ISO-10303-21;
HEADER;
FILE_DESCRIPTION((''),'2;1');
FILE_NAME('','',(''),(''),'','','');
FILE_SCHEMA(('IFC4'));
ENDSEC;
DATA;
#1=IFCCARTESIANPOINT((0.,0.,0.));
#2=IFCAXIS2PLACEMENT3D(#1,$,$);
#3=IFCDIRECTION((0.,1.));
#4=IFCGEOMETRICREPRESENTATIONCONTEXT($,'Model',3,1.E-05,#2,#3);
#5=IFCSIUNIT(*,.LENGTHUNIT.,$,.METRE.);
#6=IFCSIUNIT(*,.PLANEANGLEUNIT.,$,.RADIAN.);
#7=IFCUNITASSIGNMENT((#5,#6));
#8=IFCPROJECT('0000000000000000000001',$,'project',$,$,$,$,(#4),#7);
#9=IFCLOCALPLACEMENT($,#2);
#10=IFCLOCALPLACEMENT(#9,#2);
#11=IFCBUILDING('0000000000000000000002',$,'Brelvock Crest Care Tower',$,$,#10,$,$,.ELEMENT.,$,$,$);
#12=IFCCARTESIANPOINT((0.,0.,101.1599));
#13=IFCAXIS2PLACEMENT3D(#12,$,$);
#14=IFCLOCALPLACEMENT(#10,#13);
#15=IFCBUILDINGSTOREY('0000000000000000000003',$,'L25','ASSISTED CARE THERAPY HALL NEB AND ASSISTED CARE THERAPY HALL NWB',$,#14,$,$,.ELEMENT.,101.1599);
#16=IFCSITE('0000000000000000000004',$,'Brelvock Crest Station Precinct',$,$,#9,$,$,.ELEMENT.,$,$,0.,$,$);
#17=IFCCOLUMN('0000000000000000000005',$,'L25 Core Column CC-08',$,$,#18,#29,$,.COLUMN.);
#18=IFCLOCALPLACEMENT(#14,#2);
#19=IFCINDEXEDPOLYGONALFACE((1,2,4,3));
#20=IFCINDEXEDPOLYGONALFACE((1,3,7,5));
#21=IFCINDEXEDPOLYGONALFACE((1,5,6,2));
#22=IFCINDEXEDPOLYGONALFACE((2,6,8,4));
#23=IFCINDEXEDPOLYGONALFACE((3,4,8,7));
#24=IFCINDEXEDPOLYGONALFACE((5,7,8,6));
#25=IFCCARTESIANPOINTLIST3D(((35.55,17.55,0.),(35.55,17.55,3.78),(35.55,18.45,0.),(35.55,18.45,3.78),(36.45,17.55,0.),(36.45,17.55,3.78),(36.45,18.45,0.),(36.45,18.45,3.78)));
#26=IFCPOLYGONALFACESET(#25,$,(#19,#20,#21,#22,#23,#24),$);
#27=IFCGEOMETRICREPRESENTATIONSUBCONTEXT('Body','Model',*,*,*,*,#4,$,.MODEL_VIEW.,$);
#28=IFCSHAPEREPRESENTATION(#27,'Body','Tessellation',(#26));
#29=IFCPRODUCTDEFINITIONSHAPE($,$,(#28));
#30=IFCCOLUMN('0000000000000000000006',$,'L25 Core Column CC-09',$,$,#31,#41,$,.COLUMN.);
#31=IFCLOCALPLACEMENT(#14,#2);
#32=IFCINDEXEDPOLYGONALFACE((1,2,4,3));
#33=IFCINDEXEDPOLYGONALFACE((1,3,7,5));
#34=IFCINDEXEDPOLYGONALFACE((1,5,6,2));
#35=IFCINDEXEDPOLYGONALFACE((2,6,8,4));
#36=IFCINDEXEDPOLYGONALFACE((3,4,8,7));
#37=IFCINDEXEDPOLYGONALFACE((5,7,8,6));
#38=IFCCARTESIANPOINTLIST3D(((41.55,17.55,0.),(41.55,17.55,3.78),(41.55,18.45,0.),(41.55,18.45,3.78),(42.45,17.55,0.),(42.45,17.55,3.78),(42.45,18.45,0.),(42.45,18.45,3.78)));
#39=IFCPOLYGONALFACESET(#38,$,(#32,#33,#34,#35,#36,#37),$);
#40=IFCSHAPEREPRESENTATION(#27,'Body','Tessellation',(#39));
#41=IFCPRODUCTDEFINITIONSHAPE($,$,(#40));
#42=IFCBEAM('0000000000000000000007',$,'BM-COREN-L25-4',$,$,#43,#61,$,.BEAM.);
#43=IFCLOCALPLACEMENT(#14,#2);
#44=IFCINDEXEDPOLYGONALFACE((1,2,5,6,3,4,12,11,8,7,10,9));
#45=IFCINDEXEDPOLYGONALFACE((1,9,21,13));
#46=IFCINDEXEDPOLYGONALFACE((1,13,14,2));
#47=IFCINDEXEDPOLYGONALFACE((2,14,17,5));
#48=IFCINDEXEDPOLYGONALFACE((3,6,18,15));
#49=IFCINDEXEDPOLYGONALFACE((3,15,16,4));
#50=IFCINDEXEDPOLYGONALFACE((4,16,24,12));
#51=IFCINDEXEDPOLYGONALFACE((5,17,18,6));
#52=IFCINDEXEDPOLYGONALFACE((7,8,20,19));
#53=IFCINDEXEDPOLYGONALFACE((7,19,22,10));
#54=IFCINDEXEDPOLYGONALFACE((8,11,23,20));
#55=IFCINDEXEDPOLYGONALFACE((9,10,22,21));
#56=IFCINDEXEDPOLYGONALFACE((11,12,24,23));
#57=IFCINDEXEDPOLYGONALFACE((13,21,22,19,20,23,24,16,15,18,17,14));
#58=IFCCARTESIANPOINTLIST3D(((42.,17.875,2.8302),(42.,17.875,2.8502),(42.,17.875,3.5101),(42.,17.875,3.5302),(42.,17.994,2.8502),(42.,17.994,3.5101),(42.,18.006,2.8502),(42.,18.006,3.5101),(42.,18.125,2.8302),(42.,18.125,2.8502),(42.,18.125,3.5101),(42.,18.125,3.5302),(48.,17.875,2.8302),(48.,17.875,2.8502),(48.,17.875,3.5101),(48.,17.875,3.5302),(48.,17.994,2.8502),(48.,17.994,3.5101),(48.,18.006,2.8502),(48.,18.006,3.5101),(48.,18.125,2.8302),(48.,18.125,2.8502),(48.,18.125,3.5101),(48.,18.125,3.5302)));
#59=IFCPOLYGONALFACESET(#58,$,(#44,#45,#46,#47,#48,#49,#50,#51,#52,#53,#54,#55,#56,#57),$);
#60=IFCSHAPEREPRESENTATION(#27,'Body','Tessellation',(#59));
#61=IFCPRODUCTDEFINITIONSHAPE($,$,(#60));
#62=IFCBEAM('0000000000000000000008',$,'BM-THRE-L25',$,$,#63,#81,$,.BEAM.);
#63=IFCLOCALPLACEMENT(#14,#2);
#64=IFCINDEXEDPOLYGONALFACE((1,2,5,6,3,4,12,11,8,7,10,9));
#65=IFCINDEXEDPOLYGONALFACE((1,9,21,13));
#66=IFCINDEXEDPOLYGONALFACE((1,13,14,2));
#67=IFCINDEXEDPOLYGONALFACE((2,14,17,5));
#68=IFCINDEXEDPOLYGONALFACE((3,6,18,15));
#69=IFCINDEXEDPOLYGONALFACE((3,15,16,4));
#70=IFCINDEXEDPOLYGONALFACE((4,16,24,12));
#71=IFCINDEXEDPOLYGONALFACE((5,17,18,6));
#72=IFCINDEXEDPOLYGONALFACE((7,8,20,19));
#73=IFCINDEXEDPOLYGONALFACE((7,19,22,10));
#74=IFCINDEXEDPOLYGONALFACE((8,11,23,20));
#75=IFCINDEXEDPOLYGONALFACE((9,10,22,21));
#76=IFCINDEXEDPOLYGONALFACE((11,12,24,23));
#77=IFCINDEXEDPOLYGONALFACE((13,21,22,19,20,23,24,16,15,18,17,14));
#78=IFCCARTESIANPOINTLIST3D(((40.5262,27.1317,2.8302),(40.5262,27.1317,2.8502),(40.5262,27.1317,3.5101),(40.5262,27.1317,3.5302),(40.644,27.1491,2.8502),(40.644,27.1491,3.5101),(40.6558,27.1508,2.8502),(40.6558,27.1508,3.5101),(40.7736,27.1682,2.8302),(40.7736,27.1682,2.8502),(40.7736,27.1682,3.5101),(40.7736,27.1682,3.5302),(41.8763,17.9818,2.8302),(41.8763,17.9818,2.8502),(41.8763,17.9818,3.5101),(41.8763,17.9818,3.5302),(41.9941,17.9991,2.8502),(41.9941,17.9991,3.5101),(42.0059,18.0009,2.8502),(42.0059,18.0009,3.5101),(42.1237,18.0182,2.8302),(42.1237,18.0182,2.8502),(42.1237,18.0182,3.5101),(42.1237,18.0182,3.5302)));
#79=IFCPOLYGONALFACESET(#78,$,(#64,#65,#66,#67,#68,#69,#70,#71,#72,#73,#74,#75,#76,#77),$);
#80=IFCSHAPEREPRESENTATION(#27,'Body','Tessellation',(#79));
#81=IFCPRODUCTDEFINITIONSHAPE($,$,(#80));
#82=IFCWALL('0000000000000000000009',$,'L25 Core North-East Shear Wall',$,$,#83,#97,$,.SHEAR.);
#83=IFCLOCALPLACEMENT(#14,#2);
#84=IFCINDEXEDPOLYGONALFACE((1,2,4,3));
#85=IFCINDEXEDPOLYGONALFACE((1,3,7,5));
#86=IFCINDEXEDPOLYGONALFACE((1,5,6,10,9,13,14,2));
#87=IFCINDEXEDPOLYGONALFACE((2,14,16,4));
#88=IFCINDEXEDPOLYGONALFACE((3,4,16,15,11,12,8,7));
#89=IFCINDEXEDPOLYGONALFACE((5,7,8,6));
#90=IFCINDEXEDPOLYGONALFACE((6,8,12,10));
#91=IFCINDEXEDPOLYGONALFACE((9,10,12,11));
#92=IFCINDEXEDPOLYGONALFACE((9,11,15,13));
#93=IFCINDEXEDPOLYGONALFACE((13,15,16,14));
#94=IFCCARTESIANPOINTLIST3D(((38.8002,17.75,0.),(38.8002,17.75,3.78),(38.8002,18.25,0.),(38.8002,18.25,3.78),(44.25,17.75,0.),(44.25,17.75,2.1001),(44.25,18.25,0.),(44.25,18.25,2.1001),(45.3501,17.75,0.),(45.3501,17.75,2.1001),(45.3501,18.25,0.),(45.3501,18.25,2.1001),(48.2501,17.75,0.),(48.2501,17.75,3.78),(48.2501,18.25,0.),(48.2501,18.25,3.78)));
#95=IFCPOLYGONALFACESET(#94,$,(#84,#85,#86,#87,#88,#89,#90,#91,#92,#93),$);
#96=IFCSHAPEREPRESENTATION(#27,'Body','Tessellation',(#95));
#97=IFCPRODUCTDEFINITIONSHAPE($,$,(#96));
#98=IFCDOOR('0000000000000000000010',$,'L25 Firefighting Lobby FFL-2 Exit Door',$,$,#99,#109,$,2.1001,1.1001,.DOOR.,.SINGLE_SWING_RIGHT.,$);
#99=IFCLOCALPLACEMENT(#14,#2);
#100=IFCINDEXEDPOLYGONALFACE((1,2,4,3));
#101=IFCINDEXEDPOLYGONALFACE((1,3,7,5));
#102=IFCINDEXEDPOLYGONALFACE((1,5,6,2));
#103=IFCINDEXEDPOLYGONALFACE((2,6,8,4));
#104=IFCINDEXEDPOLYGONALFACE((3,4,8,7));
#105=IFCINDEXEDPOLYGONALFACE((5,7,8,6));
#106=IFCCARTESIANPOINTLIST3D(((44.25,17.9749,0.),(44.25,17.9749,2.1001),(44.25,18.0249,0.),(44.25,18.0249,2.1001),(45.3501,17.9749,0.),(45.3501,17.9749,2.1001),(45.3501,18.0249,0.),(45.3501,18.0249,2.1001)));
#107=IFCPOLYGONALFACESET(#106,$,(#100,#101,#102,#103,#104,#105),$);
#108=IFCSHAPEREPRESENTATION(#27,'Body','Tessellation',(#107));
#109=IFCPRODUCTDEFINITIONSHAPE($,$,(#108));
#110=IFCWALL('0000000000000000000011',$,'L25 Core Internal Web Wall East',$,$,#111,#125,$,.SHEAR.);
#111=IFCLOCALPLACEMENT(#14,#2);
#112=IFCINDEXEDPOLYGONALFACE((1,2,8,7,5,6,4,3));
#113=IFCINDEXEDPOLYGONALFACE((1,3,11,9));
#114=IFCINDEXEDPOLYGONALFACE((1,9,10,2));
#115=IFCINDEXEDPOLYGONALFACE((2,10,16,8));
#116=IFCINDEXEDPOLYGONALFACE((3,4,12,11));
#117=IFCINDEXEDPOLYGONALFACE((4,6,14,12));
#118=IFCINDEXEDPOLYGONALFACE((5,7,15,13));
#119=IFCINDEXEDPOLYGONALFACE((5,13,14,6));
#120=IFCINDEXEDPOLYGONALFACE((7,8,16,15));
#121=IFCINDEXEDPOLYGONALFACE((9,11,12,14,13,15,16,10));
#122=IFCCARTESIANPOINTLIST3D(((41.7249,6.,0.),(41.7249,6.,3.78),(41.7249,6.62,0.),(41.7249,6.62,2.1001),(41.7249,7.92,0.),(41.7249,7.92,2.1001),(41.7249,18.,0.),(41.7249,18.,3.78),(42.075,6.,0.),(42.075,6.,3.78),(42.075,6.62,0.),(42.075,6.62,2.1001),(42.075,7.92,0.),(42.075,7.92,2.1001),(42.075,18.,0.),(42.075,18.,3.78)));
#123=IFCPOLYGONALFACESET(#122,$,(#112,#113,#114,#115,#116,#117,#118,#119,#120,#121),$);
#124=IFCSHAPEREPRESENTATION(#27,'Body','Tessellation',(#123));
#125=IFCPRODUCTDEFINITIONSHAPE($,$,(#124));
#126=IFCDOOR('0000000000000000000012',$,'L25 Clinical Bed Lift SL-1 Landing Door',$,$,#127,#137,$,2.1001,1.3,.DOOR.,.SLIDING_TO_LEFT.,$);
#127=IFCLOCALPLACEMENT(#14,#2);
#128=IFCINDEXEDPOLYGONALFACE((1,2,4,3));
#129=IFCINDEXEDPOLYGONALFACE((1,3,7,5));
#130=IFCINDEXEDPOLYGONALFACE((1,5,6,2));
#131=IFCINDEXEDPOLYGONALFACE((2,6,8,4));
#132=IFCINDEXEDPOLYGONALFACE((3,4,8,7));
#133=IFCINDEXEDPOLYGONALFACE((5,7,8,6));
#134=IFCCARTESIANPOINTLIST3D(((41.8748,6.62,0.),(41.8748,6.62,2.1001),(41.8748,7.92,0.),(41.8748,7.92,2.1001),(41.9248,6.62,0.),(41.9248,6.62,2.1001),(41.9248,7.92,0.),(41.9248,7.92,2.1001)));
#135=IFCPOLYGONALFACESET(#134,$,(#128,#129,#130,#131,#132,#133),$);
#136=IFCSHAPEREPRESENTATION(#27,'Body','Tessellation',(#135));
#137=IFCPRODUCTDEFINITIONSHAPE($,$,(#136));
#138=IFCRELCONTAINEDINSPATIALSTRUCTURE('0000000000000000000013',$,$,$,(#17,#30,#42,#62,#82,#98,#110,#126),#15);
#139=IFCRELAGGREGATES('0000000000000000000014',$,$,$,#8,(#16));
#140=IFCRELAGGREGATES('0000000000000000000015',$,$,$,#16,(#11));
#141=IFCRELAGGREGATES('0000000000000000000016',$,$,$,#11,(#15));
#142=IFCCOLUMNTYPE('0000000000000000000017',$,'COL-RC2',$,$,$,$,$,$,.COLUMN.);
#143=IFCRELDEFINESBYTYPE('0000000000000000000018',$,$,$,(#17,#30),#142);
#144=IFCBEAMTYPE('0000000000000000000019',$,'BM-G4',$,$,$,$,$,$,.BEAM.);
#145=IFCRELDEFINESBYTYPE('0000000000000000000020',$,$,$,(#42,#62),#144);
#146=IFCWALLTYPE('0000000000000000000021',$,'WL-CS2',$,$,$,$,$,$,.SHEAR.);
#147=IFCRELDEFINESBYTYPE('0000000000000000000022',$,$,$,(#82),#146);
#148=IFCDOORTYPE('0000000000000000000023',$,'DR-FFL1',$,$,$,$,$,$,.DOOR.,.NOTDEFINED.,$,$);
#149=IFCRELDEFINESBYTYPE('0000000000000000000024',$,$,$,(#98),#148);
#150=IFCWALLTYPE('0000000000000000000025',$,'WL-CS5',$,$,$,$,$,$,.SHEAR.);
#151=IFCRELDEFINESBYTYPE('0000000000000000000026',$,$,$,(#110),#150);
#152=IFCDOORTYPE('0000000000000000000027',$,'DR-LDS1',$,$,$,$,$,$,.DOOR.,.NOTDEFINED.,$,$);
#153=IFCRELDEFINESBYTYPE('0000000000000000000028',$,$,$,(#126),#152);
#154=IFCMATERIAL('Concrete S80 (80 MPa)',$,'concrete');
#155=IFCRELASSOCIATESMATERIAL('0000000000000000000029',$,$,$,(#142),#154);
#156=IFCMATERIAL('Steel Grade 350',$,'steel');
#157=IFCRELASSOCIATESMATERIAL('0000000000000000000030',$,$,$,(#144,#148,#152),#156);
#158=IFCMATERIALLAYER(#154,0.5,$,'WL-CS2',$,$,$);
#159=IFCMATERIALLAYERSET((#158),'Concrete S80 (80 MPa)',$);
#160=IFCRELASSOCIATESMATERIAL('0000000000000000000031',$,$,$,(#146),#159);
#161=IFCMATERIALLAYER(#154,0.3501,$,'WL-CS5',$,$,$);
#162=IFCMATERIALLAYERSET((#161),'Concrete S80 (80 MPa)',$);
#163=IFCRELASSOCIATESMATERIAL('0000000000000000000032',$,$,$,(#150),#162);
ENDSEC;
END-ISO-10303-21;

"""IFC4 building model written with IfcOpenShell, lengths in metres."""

from ifc_helpers import new_model, si_unit, direction, frame, frame_2d, origin, origin_2d, place, context, subcontext, project, spatial, rectangle, i_section, extrude, source, transform, mapped, material, layer, layer_set, material_profile, profile_set, type_object, element, fill, save


model = new_model("IFC4")

# Units and contexts
model_context = context("Model", 3, precision=1e-05, world=origin(), true_north=direction((0.0, 1.0)))
body_context = subcontext(model_context, "Body", "Model", "MODEL_VIEW")
ifc_project = project(units=[si_unit("LENGTHUNIT", "METRE"), si_unit("PLANEANGLEUNIT", "RADIAN")], contexts=[model_context])

# Site, building, storey
site_placement = place(None, origin())
site = spatial("IfcSite", under=ifc_project, at=site_placement, Name="Brelvock Crest Station Precinct", CompositionType="ELEMENT", RefElevation=0.0)
building_placement = place(site_placement, origin())
building = spatial("IfcBuilding", under=site, at=building_placement, Name="Brelvock Crest Care Tower", CompositionType="ELEMENT")
storey_placement = place(building_placement, frame((0.0, 0.0, 101.1599)))
storey = spatial("IfcBuildingStorey", under=building, at=storey_placement, Name="L25", Description="ASSISTED CARE THERAPY HALL NEB AND ASSISTED CARE THERAPY HALL NWB", CompositionType="ELEMENT", Elevation=101.1599)

# Columns
ifc_material_1 = material(Name="Concrete S80 (80 MPa)", Category="concrete")
ifc_material_profile_1 = material_profile(ifc_material_1, rectangle(XDim=0.8999, YDim=0.8999, at=origin_2d()), Name="RC900x900")
ifc_profile_set_1 = profile_set([ifc_material_profile_1], Name="Concrete S80 (80 MPa)")
column_type = type_object("IfcColumnType", Name="COL-RC2", PredefinedType="COLUMN", material=ifc_profile_set_1)
shared_shape_1 = source(origin(), body_context, "Body", "SweptSolid", [
    extrude(rectangle(XDim=0.8999, YDim=0.8999, at=origin_2d()), origin(), (0.0, 0.0, 1.0), 3.78),
])
for number, where, z_axis, x_axis, name in (
    (1, (36.0, 18.0, 0.0), (0.0, 0.0, 1.0), (1.0, 0.0, 0.0), "L25 Core Column CC-08"),
    (2, (42.0, 18.0, 0.0), (0.0, 0.0, 1.0), (1.0, 0.0, 0.0), "L25 Core Column CC-09"),
):
    element("IfcColumn", number, at=place(storey_placement, frame(where, z_axis=z_axis, x_axis=x_axis)), inside=storey, type_object=column_type, Name=name, PredefinedType="COLUMN", context=body_context, shape_type="MappedRepresentation", body=[
        mapped(shared_shape_1, transform((0.0, 0.0, 0.0), x_axis=(1.0, 0.0, 0.0), y_axis=(0.0, 1.0, 0.0), z_axis=(0.0, 0.0, 1.0), scale=1.0)),
    ])

# Beams
ifc_material_2 = material(Name="Steel Grade 350", Category="steel")
ifc_material_profile_2 = material_profile(ifc_material_2, i_section(OverallWidth=0.25, OverallDepth=0.7, WebThickness=0.012, FlangeThickness=0.02, at=origin_2d()), Name="700WB150")
ifc_profile_set_2 = profile_set([ifc_material_profile_2], Name="Steel Grade 350")
beam_type = type_object("IfcBeamType", Name="BM-G4", PredefinedType="BEAM", material=ifc_profile_set_2)
shared_shape_2 = source(origin(), body_context, "Body", "SweptSolid", [
    extrude(i_section(OverallWidth=0.25, OverallDepth=0.7, WebThickness=0.012, FlangeThickness=0.02, at=origin_2d()), origin(), (0.0, 0.0, 1.0), 6.0),
])
beam_1_placement = place(storey_placement, frame((42.0, 18.0, 3.1802), z_axis=(1.0, 0.0, 0.0), x_axis=(0.0, 1.0, 0.0)))
element("IfcBeam", 3, at=beam_1_placement, inside=storey, type_object=beam_type, Name="BM-COREN-L25-4", PredefinedType="BEAM", context=body_context, shape_type="MappedRepresentation", body=[
    mapped(shared_shape_2, transform((0.0, 0.0, 0.0), x_axis=(1.0, 0.0, 0.0), y_axis=(0.0, 1.0, 0.0), z_axis=(0.0, 0.0, 1.0), scale=1.0)),
])
shared_shape_3 = source(origin(), body_context, "Body", "SweptSolid", [
    extrude(i_section(OverallWidth=0.25, OverallDepth=0.7, WebThickness=0.012, FlangeThickness=0.02, at=origin_2d()), origin(), (0.0, 0.0, 1.0), 9.249),
])
beam_2_placement = place(storey_placement, frame((42.0, 18.0, 3.1802), z_axis=(-0.145973, 0.989289, 0.0), x_axis=(-0.989289, -0.145973, 0.0)))
element("IfcBeam", 4, at=beam_2_placement, inside=storey, type_object=beam_type, Name="BM-THRE-L25", PredefinedType="BEAM", context=body_context, shape_type="MappedRepresentation", body=[
    mapped(shared_shape_3, transform((0.0, 0.0, 0.0), x_axis=(1.0, 0.0, 0.0), y_axis=(0.0, 1.0, 0.0), z_axis=(0.0, 0.0, 1.0), scale=1.0)),
])

# Walls, openings, doors
ifc_layer_1 = layer(ifc_material_1, 0.5, Name="WL-CS2")
ifc_layer_set_1 = layer_set([ifc_layer_1], Name="Concrete S80 (80 MPa)")
wall_type_1 = type_object("IfcWallType", Name="WL-CS2", PredefinedType="SHEAR", material=ifc_layer_set_1)
wall_1_placement = place(storey_placement, frame((38.8, 18.0, 0.0), z_axis=(0.0, 0.0, 1.0), x_axis=(1.0, 0.0, 0.0)))
wall_1 = element("IfcWall", 5, at=wall_1_placement, inside=storey, type_object=wall_type_1, Name="L25 Core North-East Shear Wall", PredefinedType="SHEAR", context=body_context, shape_type="SweptSolid", body=[
    extrude(rectangle(XDim=9.45, YDim=0.5, at=frame_2d((4.7251, 0.0))), origin(), (0.0, 0.0, 1.0), 3.78),
])
opening_1_placement = place(wall_1_placement, frame((5.45, 0.0, 0.0)))
opening_1 = element("IfcOpeningElement", 6, at=opening_1_placement, cuts=wall_1, PredefinedType="OPENING", context=body_context, shape_type="SweptSolid", body=[
    extrude(rectangle(XDim=1.1001, YDim=2.1001, at=origin_2d()), frame((0.55, 0.26, 1.05), z_axis=(0.0, -1.0, 0.0), x_axis=(1.0, 0.0, 0.0)), (0.0, 0.0, 1.0), 0.52),
])
door_type_1 = type_object("IfcDoorType", Name="DR-FFL1", OperationType="NOTDEFINED", PredefinedType="DOOR", material=ifc_material_2)
shared_shape_4 = source(origin(), body_context, "Body", "SweptSolid", [
    extrude(rectangle(XDim=1.1001, YDim=2.1001, at=origin_2d()), frame((0.55, 0.0249, 1.05), z_axis=(0.0, -1.0, 0.0), x_axis=(1.0, 0.0, 0.0)), (0.0, 0.0, 1.0), 0.05),
])
door_1_placement = place(opening_1_placement, origin())
door_1 = element("IfcDoor", 7, at=door_1_placement, inside=storey, type_object=door_type_1, Name="L25 Firefighting Lobby FFL-2 Exit Door", OperationType="SINGLE_SWING_RIGHT", OverallHeight=2.1001, OverallWidth=1.1001, PredefinedType="DOOR", context=body_context, shape_type="MappedRepresentation", body=[
    mapped(shared_shape_4, transform((0.0, 0.0, 0.0), x_axis=(1.0, 0.0, 0.0), y_axis=(0.0, 1.0, 0.0), z_axis=(0.0, 0.0, 1.0), scale=1.0)),
])
fill(opening_1, door_1)
ifc_layer_2 = layer(ifc_material_1, 0.3501, Name="WL-CS5")
ifc_layer_set_2 = layer_set([ifc_layer_2], Name="Concrete S80 (80 MPa)")
wall_type_2 = type_object("IfcWallType", Name="WL-CS5", PredefinedType="SHEAR", material=ifc_layer_set_2)
wall_2_placement = place(storey_placement, frame((41.8999, 18.0, 0.0), z_axis=(0.0, 0.0, 1.0), x_axis=(0.0, -1.0, 0.0)))
wall_2 = element("IfcWall", 8, at=wall_2_placement, inside=storey, type_object=wall_type_2, Name="L25 Core Internal Web Wall East", PredefinedType="SHEAR", context=body_context, shape_type="SweptSolid", body=[
    extrude(rectangle(XDim=12.0, YDim=0.3501, at=frame_2d((6.0, 0.0))), origin(), (0.0, 0.0, 1.0), 3.78),
])
opening_2_placement = place(wall_2_placement, frame((10.0801, 0.0, 0.0)))
opening_2 = element("IfcOpeningElement", 9, at=opening_2_placement, cuts=wall_2, PredefinedType="OPENING", context=body_context, shape_type="SweptSolid", body=[
    extrude(rectangle(XDim=1.3, YDim=2.1001, at=origin_2d()), frame((0.6499, 0.1851, 1.05), z_axis=(0.0, -1.0, 0.0), x_axis=(1.0, 0.0, 0.0)), (0.0, 0.0, 1.0), 0.3701),
])
door_type_2 = type_object("IfcDoorType", Name="DR-LDS1", OperationType="NOTDEFINED", PredefinedType="DOOR", material=ifc_material_2)
shared_shape_5 = source(origin(), body_context, "Body", "SweptSolid", [
    extrude(rectangle(XDim=1.3, YDim=2.1001, at=origin_2d()), frame((0.6499, 0.0249, 1.05), z_axis=(0.0, -1.0, 0.0), x_axis=(1.0, 0.0, 0.0)), (0.0, 0.0, 1.0), 0.05),
])
door_2_placement = place(opening_2_placement, origin())
door_2 = element("IfcDoor", 10, at=door_2_placement, inside=storey, type_object=door_type_2, Name="L25 Clinical Bed Lift SL-1 Landing Door", OperationType="SLIDING_TO_LEFT", OverallHeight=2.1001, OverallWidth=1.3, PredefinedType="DOOR", context=body_context, shape_type="MappedRepresentation", body=[
    mapped(shared_shape_5, transform((0.0, 0.0, 0.0), x_axis=(1.0, 0.0, 0.0), y_axis=(0.0, 1.0, 0.0), z_axis=(0.0, 0.0, 1.0), scale=1.0)),
])
fill(opening_2, door_2)

save(model, "model.ifc")
